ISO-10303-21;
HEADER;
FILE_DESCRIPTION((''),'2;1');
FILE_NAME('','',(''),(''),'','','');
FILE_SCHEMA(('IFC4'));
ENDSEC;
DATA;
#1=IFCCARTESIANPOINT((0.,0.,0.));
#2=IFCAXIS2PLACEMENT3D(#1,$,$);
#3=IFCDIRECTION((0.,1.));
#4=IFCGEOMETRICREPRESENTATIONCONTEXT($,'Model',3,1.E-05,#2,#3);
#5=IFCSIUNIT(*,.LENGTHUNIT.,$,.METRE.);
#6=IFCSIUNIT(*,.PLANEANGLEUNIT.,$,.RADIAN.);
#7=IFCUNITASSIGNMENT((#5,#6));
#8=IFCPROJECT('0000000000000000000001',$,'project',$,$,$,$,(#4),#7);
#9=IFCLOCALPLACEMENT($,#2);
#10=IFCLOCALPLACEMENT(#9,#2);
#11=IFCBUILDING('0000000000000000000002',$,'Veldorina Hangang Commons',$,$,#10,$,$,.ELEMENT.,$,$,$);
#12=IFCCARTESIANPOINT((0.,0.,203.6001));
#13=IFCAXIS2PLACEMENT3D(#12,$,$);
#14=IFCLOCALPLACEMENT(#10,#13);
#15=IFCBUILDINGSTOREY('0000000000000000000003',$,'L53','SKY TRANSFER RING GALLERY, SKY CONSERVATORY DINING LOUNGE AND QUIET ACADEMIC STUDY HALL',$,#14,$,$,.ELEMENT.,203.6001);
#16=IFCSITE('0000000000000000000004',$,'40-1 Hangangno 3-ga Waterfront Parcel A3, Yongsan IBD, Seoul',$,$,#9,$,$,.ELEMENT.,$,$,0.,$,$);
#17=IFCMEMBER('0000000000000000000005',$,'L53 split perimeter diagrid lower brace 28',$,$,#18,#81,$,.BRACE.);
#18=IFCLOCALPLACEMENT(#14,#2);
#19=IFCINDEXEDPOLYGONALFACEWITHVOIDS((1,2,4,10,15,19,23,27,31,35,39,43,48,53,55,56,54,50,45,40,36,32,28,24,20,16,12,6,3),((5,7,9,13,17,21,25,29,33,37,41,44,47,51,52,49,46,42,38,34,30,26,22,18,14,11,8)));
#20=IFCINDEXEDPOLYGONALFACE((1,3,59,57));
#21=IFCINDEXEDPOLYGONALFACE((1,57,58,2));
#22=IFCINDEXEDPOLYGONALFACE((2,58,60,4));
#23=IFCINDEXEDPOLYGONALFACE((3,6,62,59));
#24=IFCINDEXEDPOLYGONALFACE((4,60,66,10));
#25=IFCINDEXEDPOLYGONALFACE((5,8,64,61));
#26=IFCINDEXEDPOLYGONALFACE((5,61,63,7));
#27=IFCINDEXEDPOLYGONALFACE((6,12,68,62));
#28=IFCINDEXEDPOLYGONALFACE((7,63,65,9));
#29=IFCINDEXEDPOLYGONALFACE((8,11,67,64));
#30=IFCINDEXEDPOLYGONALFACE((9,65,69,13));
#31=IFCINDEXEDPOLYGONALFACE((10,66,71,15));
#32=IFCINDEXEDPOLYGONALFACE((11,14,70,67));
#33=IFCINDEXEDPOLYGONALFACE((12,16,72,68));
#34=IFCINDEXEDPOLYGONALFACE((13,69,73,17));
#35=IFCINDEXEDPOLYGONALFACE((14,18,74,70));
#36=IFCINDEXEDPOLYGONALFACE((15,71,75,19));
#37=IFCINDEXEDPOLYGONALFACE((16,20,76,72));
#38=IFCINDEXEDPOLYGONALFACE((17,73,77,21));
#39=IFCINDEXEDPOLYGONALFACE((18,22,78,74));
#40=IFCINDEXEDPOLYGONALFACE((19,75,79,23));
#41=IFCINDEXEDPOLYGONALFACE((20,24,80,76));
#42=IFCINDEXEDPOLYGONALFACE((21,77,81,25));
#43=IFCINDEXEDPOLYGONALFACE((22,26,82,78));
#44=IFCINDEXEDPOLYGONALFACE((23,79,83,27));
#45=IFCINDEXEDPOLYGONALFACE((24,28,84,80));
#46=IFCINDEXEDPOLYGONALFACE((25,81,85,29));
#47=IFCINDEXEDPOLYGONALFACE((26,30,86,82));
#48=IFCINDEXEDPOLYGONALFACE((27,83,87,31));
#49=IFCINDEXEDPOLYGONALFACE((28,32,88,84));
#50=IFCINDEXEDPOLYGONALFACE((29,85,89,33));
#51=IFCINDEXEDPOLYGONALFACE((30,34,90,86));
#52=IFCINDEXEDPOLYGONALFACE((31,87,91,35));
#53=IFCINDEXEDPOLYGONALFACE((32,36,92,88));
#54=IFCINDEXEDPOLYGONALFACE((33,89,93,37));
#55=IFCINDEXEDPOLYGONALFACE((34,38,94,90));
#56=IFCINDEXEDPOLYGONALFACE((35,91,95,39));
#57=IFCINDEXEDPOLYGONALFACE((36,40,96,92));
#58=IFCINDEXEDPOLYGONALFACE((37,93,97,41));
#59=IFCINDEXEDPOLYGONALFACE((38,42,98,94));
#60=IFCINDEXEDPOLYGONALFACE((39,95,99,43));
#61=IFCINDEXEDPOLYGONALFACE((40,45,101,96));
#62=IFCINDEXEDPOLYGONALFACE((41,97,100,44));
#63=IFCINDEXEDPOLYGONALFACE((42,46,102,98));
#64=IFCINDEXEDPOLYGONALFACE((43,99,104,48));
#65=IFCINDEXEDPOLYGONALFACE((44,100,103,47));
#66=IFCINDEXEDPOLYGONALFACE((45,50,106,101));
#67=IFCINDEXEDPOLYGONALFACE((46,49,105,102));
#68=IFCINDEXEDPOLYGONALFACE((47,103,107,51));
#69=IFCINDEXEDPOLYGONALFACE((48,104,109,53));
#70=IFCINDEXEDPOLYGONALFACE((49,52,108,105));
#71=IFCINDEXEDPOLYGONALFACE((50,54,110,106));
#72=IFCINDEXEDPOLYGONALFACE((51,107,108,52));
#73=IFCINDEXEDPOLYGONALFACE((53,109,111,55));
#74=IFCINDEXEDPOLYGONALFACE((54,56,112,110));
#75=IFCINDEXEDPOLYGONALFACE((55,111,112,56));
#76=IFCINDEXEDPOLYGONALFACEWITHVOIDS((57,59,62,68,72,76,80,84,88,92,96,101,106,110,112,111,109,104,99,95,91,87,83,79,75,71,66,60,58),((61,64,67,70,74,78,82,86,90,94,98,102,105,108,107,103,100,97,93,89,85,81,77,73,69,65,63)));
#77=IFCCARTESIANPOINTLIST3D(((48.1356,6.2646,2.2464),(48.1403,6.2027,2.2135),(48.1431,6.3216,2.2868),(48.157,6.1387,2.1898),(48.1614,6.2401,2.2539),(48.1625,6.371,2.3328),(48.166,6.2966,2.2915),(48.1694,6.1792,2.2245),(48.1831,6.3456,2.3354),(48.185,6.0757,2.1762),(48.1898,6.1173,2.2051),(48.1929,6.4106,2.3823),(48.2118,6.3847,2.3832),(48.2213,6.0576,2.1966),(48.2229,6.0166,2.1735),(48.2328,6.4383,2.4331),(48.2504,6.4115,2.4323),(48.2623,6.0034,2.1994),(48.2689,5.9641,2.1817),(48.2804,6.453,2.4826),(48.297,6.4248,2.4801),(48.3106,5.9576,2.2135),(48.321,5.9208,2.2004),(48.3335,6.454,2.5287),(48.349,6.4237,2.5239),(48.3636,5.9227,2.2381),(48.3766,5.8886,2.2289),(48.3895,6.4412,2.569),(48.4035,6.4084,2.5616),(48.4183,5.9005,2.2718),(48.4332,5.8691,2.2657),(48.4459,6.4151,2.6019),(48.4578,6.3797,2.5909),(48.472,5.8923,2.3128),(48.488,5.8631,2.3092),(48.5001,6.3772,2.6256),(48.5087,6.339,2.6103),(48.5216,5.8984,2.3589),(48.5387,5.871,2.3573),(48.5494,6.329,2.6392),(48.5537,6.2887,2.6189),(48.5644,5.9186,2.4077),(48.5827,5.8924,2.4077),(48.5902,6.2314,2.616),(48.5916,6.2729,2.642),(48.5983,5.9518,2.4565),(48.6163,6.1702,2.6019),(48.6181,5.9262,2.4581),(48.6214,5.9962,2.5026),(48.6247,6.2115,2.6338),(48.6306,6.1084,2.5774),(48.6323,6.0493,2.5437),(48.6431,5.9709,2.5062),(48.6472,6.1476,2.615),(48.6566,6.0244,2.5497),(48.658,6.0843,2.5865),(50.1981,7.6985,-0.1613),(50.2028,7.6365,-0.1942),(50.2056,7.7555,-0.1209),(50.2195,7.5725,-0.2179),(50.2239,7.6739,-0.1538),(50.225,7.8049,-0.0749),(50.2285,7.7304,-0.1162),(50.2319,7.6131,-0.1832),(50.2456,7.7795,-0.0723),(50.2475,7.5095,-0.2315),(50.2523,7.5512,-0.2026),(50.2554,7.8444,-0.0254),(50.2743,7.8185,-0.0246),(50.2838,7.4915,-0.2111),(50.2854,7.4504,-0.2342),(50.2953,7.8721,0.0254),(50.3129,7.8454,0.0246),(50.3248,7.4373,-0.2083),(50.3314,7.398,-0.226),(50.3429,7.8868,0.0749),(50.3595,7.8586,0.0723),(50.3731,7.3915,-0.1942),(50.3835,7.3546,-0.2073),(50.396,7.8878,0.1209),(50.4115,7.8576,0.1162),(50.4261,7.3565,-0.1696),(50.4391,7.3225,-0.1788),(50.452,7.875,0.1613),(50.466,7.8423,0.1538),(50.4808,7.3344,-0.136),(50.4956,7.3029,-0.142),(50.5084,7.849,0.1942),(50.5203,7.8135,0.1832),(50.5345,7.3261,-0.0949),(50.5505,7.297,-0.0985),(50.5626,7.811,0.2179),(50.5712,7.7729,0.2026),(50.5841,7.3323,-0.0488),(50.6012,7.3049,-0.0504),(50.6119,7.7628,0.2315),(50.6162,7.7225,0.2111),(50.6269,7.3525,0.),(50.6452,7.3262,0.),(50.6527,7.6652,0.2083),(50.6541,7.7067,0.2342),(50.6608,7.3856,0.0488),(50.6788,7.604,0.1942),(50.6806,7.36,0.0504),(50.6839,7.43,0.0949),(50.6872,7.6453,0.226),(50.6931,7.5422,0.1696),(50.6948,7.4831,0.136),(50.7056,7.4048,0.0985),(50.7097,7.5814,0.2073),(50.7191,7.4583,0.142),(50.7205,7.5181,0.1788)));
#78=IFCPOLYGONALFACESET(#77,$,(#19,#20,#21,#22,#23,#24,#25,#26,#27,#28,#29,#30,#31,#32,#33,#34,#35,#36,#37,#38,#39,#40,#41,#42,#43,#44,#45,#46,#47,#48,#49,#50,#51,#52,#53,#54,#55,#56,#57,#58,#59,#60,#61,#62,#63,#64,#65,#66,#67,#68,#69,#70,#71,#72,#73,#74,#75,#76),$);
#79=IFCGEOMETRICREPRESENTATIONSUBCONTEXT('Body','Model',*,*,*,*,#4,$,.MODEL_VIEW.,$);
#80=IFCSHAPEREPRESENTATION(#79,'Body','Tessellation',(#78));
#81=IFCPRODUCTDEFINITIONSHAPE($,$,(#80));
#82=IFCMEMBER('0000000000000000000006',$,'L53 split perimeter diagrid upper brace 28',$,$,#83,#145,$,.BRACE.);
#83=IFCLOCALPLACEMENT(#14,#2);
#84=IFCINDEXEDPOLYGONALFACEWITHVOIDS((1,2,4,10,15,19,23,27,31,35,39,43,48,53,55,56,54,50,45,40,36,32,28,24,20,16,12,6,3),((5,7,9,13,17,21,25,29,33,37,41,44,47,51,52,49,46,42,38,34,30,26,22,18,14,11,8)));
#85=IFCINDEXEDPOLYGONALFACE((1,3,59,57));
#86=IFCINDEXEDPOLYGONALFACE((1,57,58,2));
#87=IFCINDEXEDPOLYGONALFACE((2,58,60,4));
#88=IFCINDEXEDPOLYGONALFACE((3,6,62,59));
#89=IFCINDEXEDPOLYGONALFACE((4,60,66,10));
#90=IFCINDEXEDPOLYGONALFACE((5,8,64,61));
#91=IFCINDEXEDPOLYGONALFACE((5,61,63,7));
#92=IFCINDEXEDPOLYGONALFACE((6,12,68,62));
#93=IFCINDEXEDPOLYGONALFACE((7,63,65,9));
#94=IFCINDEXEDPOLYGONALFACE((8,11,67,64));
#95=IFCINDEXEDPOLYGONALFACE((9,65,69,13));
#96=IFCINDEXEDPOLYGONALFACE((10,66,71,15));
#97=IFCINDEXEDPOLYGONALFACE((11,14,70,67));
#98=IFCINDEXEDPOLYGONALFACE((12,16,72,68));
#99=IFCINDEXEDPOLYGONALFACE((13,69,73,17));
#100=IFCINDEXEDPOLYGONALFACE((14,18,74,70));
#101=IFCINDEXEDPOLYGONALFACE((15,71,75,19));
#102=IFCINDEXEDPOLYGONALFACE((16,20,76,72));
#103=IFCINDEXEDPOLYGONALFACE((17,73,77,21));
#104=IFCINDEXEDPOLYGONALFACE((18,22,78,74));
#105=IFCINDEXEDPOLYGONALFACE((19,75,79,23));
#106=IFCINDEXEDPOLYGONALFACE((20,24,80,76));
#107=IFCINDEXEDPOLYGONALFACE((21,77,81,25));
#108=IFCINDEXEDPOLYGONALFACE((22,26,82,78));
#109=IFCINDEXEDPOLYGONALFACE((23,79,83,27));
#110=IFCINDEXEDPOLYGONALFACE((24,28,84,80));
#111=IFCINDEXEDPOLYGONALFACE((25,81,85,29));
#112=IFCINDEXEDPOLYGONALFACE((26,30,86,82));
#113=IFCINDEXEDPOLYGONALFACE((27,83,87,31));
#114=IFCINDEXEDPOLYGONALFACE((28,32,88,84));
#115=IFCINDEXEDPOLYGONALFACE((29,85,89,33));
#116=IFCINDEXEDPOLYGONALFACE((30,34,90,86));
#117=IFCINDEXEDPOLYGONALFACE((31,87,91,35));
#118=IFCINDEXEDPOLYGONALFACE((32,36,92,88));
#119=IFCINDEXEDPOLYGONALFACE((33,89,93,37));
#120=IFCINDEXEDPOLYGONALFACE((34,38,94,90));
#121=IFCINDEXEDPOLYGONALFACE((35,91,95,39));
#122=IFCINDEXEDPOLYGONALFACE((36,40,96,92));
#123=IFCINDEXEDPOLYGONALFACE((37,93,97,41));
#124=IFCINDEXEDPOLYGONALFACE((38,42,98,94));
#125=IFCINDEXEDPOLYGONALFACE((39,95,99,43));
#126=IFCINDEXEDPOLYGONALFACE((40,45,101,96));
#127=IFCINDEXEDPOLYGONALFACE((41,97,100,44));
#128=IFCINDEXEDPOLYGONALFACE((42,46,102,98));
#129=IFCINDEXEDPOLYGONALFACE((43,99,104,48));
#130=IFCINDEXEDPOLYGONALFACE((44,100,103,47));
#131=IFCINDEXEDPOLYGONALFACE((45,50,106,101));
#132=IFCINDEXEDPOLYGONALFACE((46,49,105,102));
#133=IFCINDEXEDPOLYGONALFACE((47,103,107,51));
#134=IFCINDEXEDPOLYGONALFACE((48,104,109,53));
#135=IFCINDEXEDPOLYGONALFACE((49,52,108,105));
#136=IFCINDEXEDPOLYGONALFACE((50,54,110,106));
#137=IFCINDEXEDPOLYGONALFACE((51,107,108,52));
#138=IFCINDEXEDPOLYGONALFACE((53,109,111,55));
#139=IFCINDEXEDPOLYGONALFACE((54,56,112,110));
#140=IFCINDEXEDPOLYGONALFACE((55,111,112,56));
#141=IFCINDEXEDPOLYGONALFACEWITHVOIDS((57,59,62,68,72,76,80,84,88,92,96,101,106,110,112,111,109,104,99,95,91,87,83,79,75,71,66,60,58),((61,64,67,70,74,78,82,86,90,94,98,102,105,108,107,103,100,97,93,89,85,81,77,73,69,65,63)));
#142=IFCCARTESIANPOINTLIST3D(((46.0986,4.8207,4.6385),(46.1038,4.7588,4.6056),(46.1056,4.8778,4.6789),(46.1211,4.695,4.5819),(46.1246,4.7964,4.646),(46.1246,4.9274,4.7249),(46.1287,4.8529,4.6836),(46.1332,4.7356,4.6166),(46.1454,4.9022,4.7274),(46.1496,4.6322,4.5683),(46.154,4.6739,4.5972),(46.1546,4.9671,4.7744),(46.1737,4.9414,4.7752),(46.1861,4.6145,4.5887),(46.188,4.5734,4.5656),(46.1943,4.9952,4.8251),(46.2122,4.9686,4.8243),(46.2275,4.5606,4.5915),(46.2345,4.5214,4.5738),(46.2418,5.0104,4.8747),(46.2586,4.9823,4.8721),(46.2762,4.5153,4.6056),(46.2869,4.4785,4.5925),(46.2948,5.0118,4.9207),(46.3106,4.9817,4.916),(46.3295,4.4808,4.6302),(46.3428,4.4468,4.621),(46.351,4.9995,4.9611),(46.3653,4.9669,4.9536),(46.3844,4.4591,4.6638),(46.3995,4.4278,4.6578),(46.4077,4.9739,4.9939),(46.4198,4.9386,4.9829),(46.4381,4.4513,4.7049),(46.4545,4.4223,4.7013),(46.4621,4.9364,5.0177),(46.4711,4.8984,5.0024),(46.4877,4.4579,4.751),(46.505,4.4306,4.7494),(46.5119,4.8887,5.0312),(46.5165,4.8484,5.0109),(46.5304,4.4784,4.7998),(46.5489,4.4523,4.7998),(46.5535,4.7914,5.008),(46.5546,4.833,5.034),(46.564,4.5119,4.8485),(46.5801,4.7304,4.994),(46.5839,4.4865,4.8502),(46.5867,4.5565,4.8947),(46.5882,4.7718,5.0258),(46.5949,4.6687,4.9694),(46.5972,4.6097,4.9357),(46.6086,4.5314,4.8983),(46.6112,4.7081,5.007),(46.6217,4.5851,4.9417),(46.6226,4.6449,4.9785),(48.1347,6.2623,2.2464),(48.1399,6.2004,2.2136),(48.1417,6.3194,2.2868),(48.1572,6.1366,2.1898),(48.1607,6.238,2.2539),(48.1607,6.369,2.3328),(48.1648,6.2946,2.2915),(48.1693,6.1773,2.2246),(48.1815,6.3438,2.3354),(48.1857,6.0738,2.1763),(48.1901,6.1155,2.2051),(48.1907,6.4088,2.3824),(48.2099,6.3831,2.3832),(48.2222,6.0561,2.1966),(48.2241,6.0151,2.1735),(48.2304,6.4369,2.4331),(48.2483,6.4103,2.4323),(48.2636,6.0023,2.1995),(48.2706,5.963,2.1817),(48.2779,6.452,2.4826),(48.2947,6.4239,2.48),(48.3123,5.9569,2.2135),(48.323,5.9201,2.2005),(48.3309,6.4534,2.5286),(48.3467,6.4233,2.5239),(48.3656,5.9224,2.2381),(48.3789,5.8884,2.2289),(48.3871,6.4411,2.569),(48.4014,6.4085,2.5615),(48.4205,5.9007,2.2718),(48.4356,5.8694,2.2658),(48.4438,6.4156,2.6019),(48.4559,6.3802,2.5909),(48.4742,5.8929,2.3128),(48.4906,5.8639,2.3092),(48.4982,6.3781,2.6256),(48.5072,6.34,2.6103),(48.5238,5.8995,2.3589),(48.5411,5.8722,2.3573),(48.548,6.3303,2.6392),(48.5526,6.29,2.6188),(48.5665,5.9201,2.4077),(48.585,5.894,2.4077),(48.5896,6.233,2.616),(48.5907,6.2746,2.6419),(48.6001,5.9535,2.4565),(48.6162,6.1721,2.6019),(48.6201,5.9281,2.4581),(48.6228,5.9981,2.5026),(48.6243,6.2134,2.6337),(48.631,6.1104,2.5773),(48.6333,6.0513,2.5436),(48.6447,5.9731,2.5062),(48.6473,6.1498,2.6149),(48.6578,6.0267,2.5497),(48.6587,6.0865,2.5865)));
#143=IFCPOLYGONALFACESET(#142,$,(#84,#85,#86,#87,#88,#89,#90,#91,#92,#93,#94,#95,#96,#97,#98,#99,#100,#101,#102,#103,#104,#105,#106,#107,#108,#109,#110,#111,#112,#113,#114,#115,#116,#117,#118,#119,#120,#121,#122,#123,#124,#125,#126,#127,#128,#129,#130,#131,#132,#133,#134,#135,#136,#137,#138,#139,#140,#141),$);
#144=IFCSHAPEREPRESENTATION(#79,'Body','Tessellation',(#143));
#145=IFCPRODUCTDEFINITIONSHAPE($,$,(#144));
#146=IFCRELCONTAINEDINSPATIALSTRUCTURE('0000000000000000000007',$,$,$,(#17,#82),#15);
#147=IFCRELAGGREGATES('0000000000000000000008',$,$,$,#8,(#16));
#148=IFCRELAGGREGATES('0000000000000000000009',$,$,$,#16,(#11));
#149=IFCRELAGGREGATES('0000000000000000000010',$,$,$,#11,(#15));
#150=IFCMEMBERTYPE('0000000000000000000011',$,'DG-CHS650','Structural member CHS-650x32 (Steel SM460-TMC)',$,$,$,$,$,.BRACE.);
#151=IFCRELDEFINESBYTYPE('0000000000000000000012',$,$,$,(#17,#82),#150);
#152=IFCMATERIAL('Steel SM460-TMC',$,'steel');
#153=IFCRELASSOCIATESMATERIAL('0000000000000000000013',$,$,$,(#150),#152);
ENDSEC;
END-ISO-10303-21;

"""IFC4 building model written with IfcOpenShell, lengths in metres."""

from ifc_helpers import new_model, si_unit, direction, frame, origin, origin_2d, place, context, subcontext, project, spatial, hollow_circle, extrude, material, material_profile, profile_set, type_object, element, save


model = new_model("IFC4")

# Units and contexts
model_context = context("Model", 3, precision=1e-05, world=origin(), true_north=direction((0.0, 1.0)))
body_context = subcontext(model_context, "Body", "Model", "MODEL_VIEW")
ifc_project = project(units=[si_unit("LENGTHUNIT", "METRE"), si_unit("PLANEANGLEUNIT", "RADIAN")], contexts=[model_context])

# Site, building, storey
site_placement = place(None, origin())
site = spatial("IfcSite", under=ifc_project, at=site_placement, Name="40-1 Hangangno 3-ga Waterfront Parcel A3, Yongsan IBD, Seoul", CompositionType="ELEMENT", RefElevation=0.0)
building_placement = place(site_placement, origin())
building = spatial("IfcBuilding", under=site, at=building_placement, Name="Veldorina Hangang Commons", CompositionType="ELEMENT")
storey_placement = place(building_placement, frame((0.0, 0.0, 203.6001)))
storey = spatial("IfcBuildingStorey", under=building, at=storey_placement, Name="L53", Description="SKY TRANSFER RING GALLERY, SKY CONSERVATORY DINING LOUNGE AND QUIET ACADEMIC STUDY HALL", CompositionType="ELEMENT", Elevation=203.6001)

# Members
ifc_material_1 = material(Name="Steel SM460-TMC", Category="steel")
ifc_material_profile_1 = material_profile(ifc_material_1, hollow_circle(Radius=0.325, WallThickness=0.032, at=origin_2d()), Name="CHS-650x32")
ifc_profile_set_1 = profile_set([ifc_material_profile_1], Name="Steel SM460-TMC")
member_type_1 = type_object("IfcMemberType", Name="DG-CHS650", Description="Structural member CHS-650x32 (Steel SM460-TMC)", PredefinedType="BRACE", material=ifc_profile_set_1)
member_1_placement = place(storey_placement, frame((50.4597, 7.593, 0.0), z_axis=(-0.592758, -0.412082, 0.691972), x_axis=(0.570811, -0.821081, 0.0)))
element("IfcMember", 1, at=member_1_placement, inside=storey, type_object=member_type_1, Name="L53 split perimeter diagrid lower brace 28", PredefinedType="BRACE", context=body_context, shape_type="SweptSolid", body=[
    extrude(hollow_circle(Radius=0.325, WallThickness=0.032, at=origin_2d()), origin(), (0.0, 0.0, 1.0), 3.4795),
])
member_2_placement = place(storey_placement, frame((48.3972, 6.1592, 2.4077), z_axis=(-0.589101, -0.417103, 0.692088), x_axis=(0.577854, -0.81614, 0.0)))
element("IfcMember", 2, at=member_2_placement, inside=storey, type_object=member_type_1, Name="L53 split perimeter diagrid upper brace 28", PredefinedType="BRACE", context=body_context, shape_type="SweptSolid", body=[
    extrude(hollow_circle(Radius=0.325, WallThickness=0.032, at=origin_2d()), origin(), (0.0, 0.0, 1.0), 3.4563),
])

save(model, "model.ifc")
